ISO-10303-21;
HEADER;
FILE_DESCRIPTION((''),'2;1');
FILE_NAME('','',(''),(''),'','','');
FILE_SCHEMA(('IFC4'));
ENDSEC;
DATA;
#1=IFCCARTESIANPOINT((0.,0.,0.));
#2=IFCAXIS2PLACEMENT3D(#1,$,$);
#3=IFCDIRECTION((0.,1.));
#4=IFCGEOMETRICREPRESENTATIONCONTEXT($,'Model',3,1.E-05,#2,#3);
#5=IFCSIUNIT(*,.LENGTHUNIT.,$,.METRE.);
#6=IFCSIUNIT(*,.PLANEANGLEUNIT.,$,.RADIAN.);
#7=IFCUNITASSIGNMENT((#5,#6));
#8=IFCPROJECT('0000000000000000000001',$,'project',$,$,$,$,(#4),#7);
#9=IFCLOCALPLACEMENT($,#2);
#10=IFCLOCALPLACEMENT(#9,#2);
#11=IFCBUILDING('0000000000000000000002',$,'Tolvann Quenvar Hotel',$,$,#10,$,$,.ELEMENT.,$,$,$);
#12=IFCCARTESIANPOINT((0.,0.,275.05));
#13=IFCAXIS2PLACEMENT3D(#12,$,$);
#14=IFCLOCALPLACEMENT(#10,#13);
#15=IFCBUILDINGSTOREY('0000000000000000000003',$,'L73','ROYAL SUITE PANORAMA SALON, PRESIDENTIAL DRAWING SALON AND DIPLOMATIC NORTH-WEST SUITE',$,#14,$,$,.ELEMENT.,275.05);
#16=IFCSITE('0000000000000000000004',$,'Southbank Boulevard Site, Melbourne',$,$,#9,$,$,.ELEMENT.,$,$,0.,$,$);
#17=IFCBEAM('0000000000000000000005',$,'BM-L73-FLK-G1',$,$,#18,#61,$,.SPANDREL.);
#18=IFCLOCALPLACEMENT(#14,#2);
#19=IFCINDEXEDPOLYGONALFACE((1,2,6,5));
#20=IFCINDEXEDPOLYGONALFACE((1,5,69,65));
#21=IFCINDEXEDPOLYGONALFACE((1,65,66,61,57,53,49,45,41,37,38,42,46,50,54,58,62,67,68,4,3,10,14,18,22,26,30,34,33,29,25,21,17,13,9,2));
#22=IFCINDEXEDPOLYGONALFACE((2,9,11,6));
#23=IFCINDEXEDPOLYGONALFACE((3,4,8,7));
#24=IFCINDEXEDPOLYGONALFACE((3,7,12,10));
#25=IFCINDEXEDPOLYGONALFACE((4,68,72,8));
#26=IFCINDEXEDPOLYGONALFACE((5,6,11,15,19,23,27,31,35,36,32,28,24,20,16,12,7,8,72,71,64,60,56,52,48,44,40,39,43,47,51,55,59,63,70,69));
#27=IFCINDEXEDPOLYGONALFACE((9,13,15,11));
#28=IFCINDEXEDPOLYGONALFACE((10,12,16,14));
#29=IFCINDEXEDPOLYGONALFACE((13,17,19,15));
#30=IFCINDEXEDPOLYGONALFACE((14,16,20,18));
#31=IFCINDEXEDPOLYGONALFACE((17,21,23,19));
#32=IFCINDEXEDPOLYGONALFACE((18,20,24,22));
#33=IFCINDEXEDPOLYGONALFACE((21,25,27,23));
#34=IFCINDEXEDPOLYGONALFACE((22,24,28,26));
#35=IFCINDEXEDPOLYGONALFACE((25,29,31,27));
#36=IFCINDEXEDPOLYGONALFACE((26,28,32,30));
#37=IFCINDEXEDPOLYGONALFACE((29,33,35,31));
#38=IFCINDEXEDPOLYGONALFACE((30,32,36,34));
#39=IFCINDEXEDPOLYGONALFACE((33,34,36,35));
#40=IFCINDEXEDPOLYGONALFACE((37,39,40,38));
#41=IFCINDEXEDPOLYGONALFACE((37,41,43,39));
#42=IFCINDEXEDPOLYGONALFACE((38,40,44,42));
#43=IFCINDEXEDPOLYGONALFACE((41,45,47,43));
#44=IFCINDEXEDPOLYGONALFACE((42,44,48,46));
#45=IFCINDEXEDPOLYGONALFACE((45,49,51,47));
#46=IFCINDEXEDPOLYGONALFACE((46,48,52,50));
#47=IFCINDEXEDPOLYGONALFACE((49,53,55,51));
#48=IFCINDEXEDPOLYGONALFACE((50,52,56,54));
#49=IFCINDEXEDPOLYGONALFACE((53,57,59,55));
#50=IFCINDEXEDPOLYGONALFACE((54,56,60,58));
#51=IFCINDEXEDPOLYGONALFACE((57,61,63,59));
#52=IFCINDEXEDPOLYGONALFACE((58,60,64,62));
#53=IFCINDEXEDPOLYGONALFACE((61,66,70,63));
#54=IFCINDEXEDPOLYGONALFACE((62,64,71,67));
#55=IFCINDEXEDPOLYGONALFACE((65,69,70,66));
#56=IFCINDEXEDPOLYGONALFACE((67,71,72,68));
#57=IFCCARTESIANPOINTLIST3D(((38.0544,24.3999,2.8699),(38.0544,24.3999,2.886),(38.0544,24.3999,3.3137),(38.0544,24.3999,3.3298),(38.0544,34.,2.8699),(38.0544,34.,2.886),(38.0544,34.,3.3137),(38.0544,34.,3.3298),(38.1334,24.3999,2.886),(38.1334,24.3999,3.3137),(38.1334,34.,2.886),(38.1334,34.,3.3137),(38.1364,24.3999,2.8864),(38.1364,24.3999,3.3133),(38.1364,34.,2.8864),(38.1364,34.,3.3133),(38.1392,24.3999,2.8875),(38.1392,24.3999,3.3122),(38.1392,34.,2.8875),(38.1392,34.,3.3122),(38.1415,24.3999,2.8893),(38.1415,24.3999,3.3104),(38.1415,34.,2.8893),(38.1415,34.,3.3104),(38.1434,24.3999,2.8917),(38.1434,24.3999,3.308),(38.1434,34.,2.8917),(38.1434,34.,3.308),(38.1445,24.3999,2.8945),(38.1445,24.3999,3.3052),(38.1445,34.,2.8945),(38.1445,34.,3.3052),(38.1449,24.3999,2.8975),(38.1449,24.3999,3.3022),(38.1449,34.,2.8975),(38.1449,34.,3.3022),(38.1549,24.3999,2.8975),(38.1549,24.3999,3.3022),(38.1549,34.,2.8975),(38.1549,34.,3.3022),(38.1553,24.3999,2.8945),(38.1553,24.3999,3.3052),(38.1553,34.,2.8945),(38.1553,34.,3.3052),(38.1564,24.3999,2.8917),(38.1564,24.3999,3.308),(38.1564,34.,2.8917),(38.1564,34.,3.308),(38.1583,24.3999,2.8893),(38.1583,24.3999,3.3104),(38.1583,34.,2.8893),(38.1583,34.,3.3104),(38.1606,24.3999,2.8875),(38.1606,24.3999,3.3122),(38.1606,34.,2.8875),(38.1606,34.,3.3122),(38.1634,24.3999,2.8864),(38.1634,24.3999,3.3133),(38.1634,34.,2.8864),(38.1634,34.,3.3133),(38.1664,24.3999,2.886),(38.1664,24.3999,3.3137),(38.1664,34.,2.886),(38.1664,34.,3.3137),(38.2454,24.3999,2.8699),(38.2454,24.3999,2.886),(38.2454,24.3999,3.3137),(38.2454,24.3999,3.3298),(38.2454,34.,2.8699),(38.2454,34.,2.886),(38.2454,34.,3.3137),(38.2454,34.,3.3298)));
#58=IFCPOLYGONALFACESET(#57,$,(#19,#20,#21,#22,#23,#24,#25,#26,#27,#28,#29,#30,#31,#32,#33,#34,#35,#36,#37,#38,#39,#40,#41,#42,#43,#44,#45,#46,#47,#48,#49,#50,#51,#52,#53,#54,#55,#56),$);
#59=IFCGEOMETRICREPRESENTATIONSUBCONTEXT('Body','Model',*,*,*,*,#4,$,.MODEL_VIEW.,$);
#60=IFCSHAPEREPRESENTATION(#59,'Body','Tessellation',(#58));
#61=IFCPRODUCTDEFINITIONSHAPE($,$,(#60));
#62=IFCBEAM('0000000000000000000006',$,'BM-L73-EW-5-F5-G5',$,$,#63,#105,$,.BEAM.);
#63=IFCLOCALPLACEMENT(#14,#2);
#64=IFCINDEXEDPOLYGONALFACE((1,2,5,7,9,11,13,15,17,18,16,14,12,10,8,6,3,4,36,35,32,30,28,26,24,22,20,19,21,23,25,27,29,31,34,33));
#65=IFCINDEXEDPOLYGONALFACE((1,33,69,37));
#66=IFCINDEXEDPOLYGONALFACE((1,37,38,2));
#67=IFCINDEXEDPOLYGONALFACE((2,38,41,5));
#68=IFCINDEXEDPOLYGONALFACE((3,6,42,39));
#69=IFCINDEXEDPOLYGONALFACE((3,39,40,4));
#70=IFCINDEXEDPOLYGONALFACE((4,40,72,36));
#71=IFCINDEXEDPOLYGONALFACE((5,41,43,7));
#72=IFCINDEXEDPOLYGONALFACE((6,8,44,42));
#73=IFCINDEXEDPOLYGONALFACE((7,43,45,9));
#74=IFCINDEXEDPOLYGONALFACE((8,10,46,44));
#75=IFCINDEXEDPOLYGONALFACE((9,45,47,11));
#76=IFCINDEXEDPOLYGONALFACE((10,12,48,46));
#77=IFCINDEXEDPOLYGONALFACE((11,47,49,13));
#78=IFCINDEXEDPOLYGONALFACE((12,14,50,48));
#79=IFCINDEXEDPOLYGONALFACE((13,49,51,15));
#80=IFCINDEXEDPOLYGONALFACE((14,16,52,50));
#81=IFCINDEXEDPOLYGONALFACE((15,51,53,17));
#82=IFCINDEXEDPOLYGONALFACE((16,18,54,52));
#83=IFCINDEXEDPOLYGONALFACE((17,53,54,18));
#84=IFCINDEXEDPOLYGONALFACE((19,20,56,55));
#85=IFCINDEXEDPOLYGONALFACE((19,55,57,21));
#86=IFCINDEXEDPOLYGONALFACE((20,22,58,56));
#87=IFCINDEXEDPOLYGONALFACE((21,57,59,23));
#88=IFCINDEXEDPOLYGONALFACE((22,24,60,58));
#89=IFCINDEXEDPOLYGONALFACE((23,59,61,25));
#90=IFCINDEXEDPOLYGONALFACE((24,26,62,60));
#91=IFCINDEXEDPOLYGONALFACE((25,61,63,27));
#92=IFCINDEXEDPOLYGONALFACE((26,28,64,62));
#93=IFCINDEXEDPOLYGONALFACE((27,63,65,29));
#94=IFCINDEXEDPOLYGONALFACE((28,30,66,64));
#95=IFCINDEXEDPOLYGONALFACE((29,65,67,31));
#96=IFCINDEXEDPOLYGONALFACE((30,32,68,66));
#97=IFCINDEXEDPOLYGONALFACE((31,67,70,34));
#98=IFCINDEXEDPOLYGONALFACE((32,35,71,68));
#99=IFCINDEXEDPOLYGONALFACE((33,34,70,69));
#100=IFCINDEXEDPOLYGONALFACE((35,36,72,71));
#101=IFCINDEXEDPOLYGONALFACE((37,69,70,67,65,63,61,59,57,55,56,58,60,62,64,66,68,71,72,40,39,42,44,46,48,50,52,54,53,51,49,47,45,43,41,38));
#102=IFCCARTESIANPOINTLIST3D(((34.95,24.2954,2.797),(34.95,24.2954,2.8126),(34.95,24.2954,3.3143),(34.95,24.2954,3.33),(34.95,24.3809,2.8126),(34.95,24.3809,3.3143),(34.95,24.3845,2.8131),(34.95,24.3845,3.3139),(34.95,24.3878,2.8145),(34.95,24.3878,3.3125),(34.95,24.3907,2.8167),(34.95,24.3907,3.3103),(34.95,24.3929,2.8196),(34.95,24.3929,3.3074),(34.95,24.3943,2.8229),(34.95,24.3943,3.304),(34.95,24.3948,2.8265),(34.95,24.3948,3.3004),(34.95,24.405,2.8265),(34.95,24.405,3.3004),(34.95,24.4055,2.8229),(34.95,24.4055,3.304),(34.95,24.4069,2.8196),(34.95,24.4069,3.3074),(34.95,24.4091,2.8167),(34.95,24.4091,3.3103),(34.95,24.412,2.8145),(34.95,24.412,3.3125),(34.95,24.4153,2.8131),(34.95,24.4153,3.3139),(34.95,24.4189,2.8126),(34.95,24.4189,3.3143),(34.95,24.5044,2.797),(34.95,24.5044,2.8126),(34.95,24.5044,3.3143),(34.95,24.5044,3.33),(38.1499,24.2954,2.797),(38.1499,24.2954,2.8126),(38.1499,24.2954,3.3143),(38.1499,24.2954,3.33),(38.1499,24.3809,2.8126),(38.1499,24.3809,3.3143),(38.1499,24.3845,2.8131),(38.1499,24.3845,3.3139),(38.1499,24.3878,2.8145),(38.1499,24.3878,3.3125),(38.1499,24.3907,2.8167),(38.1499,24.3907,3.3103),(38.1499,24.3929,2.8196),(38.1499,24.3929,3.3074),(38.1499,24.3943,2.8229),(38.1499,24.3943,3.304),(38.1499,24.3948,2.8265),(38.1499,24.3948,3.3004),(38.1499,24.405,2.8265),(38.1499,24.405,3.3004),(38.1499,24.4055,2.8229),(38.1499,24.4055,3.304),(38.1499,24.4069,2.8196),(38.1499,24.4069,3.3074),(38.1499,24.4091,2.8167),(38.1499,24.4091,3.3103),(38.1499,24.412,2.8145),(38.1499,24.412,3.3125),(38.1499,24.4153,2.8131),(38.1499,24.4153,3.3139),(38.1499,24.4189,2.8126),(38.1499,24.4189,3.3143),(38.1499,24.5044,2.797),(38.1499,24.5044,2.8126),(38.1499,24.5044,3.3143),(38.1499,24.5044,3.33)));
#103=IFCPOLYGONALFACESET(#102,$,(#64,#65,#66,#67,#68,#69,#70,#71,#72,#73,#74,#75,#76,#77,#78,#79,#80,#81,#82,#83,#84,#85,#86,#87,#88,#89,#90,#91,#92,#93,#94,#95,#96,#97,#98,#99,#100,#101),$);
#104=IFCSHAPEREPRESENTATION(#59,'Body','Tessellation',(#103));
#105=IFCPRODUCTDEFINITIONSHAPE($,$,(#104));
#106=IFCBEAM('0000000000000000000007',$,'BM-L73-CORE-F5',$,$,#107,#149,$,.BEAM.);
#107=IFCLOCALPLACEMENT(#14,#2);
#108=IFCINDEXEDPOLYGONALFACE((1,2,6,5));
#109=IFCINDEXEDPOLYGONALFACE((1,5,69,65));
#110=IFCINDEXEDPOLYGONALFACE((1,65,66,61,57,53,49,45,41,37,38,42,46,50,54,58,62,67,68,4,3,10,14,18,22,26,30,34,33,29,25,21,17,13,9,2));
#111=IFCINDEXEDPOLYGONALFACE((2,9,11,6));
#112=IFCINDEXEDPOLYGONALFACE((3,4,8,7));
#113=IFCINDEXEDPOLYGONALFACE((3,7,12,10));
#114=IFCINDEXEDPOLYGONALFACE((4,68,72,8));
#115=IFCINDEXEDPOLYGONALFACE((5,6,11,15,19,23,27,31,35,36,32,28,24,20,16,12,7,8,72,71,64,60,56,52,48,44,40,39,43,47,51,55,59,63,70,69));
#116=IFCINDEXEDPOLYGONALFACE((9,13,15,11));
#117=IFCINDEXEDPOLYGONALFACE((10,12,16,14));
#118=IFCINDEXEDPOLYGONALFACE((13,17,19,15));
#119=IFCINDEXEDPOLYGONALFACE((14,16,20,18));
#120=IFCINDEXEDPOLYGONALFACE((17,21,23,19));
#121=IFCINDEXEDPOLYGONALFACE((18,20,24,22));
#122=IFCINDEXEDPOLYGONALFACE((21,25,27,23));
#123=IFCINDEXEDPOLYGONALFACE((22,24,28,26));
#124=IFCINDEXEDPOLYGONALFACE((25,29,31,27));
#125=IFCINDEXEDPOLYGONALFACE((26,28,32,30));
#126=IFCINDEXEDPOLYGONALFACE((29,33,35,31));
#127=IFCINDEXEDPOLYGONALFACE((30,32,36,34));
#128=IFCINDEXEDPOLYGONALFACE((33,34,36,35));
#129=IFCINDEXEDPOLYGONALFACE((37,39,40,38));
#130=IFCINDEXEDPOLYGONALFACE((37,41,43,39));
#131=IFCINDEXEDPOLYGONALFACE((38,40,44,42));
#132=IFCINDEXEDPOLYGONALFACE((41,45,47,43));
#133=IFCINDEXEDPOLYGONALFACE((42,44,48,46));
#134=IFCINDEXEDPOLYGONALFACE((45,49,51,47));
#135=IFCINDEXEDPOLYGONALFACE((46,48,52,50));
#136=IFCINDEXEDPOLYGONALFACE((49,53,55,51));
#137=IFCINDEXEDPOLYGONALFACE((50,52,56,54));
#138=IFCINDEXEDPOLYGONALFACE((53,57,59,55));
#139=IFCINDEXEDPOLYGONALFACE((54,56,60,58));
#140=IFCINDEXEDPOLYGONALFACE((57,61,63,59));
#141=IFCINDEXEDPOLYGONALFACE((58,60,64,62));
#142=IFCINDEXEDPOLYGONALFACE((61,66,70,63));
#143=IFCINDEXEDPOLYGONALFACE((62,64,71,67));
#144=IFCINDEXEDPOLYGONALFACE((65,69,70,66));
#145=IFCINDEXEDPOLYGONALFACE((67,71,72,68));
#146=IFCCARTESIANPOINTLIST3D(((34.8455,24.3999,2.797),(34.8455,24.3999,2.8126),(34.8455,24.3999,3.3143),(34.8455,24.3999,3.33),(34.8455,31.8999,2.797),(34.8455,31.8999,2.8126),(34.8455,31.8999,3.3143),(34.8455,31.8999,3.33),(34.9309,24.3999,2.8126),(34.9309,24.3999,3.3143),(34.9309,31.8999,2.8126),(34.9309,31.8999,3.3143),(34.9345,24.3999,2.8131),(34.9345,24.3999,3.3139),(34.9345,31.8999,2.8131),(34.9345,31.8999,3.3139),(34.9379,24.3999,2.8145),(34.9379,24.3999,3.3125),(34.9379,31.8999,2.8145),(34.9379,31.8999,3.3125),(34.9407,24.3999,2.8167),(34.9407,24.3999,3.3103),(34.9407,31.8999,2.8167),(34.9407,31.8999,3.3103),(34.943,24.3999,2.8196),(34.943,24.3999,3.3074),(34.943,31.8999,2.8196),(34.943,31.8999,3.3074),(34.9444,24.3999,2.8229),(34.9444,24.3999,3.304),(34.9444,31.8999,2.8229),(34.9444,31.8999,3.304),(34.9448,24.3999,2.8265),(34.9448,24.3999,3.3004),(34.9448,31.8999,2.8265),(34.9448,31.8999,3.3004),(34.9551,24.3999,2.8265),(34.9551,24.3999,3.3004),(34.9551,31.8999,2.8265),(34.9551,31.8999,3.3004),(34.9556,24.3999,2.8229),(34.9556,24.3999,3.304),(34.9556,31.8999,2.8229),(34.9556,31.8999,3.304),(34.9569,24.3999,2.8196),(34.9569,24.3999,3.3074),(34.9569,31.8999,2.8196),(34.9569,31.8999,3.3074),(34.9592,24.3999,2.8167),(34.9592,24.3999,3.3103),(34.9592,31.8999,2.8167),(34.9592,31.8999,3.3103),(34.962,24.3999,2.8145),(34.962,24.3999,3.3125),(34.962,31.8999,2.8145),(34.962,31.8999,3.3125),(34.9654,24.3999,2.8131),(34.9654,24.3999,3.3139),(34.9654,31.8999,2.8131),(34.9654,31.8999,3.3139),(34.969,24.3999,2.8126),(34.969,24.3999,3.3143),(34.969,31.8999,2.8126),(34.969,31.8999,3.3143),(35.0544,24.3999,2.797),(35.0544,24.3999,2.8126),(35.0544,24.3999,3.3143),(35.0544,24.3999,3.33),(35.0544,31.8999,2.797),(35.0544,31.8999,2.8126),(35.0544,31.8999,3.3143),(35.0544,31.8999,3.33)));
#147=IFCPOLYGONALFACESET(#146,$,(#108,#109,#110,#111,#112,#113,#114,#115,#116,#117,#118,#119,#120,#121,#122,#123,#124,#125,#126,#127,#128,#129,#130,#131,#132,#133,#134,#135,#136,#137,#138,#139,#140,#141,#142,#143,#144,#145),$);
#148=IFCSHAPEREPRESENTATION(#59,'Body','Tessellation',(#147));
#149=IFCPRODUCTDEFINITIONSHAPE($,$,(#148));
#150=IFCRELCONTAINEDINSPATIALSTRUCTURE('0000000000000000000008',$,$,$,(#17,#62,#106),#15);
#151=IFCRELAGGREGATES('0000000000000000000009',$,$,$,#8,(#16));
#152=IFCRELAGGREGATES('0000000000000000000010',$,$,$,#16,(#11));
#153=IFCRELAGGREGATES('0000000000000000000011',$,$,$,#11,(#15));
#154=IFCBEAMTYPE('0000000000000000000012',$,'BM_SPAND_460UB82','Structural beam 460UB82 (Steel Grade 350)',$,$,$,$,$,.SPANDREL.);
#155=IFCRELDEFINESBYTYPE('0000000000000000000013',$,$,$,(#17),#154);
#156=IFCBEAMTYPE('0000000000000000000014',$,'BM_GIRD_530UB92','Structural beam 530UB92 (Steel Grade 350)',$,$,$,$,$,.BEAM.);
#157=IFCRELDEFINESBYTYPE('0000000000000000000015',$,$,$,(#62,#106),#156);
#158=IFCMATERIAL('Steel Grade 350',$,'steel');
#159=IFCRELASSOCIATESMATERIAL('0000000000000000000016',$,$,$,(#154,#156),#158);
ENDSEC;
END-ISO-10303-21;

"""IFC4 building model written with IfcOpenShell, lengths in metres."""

from ifc_helpers import new_model, si_unit, direction, frame, origin, origin_2d, place, context, subcontext, project, spatial, i_section, extrude, source, transform, mapped, material, material_profile, profile_set, type_object, type_shapes, element, save


model = new_model("IFC4")

# Units and contexts
model_context = context("Model", 3, precision=1e-05, world=origin(), true_north=direction((0.0, 1.0)))
body_context = subcontext(model_context, "Body", "Model", "MODEL_VIEW")
ifc_project = project(units=[si_unit("LENGTHUNIT", "METRE"), si_unit("PLANEANGLEUNIT", "RADIAN")], contexts=[model_context])

# Site, building, storey
site_placement = place(None, origin())
site = spatial("IfcSite", under=ifc_project, at=site_placement, Name="Southbank Boulevard Site, Melbourne", CompositionType="ELEMENT", RefElevation=0.0)
building_placement = place(site_placement, origin())
building = spatial("IfcBuilding", under=site, at=building_placement, Name="Tolvann Quenvar Hotel", CompositionType="ELEMENT")
storey_placement = place(building_placement, frame((0.0, 0.0, 275.05)))
storey = spatial("IfcBuildingStorey", under=building, at=storey_placement, Name="L73", Description="ROYAL SUITE PANORAMA SALON, PRESIDENTIAL DRAWING SALON AND DIPLOMATIC NORTH-WEST SUITE", CompositionType="ELEMENT", Elevation=275.05)

# Shared definitions
ifc_material_1 = material(Name="Steel Grade 350", Category="steel")

# Beams
ifc_material_profile_1 = material_profile(ifc_material_1, i_section(OverallWidth=0.1909, OverallDepth=0.46, WebThickness=0.01, FlangeThickness=0.0161, FilletRadius=0.0115, at=origin_2d()), Name="460UB82")
ifc_profile_set_1 = profile_set([ifc_material_profile_1], Name="Steel Grade 350")
beam_type_1 = type_object("IfcBeamType", Name="BM_SPAND_460UB82", Description="Structural beam 460UB82 (Steel Grade 350)", PredefinedType="SPANDREL", material=ifc_profile_set_1)
shared_shape_1 = source(origin(), body_context, "Body", "SweptSolid", [
    extrude(i_section(OverallWidth=0.1909, OverallDepth=0.46, WebThickness=0.01, FlangeThickness=0.0161, FilletRadius=0.0115, at=origin_2d()), origin(), (0.0, 0.0, 1.0), 9.6001),
])
type_shapes(beam_type_1, [shared_shape_1])
beam_1_placement = place(storey_placement, frame((38.1499, 24.3999, 3.0999), z_axis=(0.0, 1.0, 0.0), x_axis=(-1.0, 0.0, 0.0)))
element("IfcBeam", 1, at=beam_1_placement, inside=storey, type_object=beam_type_1, Name="BM-L73-FLK-G1", PredefinedType="SPANDREL", context=body_context, shape_type="MappedRepresentation", body=[
    mapped(shared_shape_1, transform((0.0, 0.0, 0.0), x_axis=(1.0, 0.0, 0.0), y_axis=(0.0, 1.0, 0.0), z_axis=(0.0, 0.0, 1.0), scale=1.0)),
])
ifc_material_profile_2 = material_profile(ifc_material_1, i_section(OverallWidth=0.209, OverallDepth=0.533, WebThickness=0.0103, FlangeThickness=0.0156, FilletRadius=0.0139, at=origin_2d()), Name="530UB92")
ifc_profile_set_2 = profile_set([ifc_material_profile_2], Name="Steel Grade 350")
beam_type_2 = type_object("IfcBeamType", Name="BM_GIRD_530UB92", Description="Structural beam 530UB92 (Steel Grade 350)", PredefinedType="BEAM", material=ifc_profile_set_2)
shared_shape_2 = source(origin(), body_context, "Body", "SweptSolid", [
    extrude(i_section(OverallWidth=0.209, OverallDepth=0.533, WebThickness=0.0103, FlangeThickness=0.0156, FilletRadius=0.0139, at=origin_2d()), origin(), (0.0, 0.0, 1.0), 3.2),
])
beam_2_placement = place(storey_placement, frame((34.95, 24.3999, 3.0635), z_axis=(1.0, 0.0, 0.0), x_axis=(0.0, 1.0, 0.0)))
element("IfcBeam", 2, at=beam_2_placement, inside=storey, type_object=beam_type_2, Name="BM-L73-EW-5-F5-G5", PredefinedType="BEAM", context=body_context, shape_type="MappedRepresentation", body=[
    mapped(shared_shape_2, transform((0.0, 0.0, 0.0), x_axis=(1.0, 0.0, 0.0), y_axis=(0.0, 1.0, 0.0), z_axis=(0.0, 0.0, 1.0), scale=1.0)),
])
shared_shape_3 = source(origin(), body_context, "Body", "SweptSolid", [
    extrude(i_section(OverallWidth=0.209, OverallDepth=0.533, WebThickness=0.0103, FlangeThickness=0.0156, FilletRadius=0.0139, at=origin_2d()), origin(), (0.0, 0.0, 1.0), 7.5),
])
beam_3_placement = place(storey_placement, frame((34.95, 24.3999, 3.0635), z_axis=(0.0, 1.0, 0.0), x_axis=(-1.0, 0.0, 0.0)))
element("IfcBeam", 3, at=beam_3_placement, inside=storey, type_object=beam_type_2, Name="BM-L73-CORE-F5", PredefinedType="BEAM", context=body_context, shape_type="MappedRepresentation", body=[
    mapped(shared_shape_3, transform((0.0, 0.0, 0.0), x_axis=(1.0, 0.0, 0.0), y_axis=(0.0, 1.0, 0.0), z_axis=(0.0, 0.0, 1.0), scale=1.0)),
])

save(model, "model.ifc")
